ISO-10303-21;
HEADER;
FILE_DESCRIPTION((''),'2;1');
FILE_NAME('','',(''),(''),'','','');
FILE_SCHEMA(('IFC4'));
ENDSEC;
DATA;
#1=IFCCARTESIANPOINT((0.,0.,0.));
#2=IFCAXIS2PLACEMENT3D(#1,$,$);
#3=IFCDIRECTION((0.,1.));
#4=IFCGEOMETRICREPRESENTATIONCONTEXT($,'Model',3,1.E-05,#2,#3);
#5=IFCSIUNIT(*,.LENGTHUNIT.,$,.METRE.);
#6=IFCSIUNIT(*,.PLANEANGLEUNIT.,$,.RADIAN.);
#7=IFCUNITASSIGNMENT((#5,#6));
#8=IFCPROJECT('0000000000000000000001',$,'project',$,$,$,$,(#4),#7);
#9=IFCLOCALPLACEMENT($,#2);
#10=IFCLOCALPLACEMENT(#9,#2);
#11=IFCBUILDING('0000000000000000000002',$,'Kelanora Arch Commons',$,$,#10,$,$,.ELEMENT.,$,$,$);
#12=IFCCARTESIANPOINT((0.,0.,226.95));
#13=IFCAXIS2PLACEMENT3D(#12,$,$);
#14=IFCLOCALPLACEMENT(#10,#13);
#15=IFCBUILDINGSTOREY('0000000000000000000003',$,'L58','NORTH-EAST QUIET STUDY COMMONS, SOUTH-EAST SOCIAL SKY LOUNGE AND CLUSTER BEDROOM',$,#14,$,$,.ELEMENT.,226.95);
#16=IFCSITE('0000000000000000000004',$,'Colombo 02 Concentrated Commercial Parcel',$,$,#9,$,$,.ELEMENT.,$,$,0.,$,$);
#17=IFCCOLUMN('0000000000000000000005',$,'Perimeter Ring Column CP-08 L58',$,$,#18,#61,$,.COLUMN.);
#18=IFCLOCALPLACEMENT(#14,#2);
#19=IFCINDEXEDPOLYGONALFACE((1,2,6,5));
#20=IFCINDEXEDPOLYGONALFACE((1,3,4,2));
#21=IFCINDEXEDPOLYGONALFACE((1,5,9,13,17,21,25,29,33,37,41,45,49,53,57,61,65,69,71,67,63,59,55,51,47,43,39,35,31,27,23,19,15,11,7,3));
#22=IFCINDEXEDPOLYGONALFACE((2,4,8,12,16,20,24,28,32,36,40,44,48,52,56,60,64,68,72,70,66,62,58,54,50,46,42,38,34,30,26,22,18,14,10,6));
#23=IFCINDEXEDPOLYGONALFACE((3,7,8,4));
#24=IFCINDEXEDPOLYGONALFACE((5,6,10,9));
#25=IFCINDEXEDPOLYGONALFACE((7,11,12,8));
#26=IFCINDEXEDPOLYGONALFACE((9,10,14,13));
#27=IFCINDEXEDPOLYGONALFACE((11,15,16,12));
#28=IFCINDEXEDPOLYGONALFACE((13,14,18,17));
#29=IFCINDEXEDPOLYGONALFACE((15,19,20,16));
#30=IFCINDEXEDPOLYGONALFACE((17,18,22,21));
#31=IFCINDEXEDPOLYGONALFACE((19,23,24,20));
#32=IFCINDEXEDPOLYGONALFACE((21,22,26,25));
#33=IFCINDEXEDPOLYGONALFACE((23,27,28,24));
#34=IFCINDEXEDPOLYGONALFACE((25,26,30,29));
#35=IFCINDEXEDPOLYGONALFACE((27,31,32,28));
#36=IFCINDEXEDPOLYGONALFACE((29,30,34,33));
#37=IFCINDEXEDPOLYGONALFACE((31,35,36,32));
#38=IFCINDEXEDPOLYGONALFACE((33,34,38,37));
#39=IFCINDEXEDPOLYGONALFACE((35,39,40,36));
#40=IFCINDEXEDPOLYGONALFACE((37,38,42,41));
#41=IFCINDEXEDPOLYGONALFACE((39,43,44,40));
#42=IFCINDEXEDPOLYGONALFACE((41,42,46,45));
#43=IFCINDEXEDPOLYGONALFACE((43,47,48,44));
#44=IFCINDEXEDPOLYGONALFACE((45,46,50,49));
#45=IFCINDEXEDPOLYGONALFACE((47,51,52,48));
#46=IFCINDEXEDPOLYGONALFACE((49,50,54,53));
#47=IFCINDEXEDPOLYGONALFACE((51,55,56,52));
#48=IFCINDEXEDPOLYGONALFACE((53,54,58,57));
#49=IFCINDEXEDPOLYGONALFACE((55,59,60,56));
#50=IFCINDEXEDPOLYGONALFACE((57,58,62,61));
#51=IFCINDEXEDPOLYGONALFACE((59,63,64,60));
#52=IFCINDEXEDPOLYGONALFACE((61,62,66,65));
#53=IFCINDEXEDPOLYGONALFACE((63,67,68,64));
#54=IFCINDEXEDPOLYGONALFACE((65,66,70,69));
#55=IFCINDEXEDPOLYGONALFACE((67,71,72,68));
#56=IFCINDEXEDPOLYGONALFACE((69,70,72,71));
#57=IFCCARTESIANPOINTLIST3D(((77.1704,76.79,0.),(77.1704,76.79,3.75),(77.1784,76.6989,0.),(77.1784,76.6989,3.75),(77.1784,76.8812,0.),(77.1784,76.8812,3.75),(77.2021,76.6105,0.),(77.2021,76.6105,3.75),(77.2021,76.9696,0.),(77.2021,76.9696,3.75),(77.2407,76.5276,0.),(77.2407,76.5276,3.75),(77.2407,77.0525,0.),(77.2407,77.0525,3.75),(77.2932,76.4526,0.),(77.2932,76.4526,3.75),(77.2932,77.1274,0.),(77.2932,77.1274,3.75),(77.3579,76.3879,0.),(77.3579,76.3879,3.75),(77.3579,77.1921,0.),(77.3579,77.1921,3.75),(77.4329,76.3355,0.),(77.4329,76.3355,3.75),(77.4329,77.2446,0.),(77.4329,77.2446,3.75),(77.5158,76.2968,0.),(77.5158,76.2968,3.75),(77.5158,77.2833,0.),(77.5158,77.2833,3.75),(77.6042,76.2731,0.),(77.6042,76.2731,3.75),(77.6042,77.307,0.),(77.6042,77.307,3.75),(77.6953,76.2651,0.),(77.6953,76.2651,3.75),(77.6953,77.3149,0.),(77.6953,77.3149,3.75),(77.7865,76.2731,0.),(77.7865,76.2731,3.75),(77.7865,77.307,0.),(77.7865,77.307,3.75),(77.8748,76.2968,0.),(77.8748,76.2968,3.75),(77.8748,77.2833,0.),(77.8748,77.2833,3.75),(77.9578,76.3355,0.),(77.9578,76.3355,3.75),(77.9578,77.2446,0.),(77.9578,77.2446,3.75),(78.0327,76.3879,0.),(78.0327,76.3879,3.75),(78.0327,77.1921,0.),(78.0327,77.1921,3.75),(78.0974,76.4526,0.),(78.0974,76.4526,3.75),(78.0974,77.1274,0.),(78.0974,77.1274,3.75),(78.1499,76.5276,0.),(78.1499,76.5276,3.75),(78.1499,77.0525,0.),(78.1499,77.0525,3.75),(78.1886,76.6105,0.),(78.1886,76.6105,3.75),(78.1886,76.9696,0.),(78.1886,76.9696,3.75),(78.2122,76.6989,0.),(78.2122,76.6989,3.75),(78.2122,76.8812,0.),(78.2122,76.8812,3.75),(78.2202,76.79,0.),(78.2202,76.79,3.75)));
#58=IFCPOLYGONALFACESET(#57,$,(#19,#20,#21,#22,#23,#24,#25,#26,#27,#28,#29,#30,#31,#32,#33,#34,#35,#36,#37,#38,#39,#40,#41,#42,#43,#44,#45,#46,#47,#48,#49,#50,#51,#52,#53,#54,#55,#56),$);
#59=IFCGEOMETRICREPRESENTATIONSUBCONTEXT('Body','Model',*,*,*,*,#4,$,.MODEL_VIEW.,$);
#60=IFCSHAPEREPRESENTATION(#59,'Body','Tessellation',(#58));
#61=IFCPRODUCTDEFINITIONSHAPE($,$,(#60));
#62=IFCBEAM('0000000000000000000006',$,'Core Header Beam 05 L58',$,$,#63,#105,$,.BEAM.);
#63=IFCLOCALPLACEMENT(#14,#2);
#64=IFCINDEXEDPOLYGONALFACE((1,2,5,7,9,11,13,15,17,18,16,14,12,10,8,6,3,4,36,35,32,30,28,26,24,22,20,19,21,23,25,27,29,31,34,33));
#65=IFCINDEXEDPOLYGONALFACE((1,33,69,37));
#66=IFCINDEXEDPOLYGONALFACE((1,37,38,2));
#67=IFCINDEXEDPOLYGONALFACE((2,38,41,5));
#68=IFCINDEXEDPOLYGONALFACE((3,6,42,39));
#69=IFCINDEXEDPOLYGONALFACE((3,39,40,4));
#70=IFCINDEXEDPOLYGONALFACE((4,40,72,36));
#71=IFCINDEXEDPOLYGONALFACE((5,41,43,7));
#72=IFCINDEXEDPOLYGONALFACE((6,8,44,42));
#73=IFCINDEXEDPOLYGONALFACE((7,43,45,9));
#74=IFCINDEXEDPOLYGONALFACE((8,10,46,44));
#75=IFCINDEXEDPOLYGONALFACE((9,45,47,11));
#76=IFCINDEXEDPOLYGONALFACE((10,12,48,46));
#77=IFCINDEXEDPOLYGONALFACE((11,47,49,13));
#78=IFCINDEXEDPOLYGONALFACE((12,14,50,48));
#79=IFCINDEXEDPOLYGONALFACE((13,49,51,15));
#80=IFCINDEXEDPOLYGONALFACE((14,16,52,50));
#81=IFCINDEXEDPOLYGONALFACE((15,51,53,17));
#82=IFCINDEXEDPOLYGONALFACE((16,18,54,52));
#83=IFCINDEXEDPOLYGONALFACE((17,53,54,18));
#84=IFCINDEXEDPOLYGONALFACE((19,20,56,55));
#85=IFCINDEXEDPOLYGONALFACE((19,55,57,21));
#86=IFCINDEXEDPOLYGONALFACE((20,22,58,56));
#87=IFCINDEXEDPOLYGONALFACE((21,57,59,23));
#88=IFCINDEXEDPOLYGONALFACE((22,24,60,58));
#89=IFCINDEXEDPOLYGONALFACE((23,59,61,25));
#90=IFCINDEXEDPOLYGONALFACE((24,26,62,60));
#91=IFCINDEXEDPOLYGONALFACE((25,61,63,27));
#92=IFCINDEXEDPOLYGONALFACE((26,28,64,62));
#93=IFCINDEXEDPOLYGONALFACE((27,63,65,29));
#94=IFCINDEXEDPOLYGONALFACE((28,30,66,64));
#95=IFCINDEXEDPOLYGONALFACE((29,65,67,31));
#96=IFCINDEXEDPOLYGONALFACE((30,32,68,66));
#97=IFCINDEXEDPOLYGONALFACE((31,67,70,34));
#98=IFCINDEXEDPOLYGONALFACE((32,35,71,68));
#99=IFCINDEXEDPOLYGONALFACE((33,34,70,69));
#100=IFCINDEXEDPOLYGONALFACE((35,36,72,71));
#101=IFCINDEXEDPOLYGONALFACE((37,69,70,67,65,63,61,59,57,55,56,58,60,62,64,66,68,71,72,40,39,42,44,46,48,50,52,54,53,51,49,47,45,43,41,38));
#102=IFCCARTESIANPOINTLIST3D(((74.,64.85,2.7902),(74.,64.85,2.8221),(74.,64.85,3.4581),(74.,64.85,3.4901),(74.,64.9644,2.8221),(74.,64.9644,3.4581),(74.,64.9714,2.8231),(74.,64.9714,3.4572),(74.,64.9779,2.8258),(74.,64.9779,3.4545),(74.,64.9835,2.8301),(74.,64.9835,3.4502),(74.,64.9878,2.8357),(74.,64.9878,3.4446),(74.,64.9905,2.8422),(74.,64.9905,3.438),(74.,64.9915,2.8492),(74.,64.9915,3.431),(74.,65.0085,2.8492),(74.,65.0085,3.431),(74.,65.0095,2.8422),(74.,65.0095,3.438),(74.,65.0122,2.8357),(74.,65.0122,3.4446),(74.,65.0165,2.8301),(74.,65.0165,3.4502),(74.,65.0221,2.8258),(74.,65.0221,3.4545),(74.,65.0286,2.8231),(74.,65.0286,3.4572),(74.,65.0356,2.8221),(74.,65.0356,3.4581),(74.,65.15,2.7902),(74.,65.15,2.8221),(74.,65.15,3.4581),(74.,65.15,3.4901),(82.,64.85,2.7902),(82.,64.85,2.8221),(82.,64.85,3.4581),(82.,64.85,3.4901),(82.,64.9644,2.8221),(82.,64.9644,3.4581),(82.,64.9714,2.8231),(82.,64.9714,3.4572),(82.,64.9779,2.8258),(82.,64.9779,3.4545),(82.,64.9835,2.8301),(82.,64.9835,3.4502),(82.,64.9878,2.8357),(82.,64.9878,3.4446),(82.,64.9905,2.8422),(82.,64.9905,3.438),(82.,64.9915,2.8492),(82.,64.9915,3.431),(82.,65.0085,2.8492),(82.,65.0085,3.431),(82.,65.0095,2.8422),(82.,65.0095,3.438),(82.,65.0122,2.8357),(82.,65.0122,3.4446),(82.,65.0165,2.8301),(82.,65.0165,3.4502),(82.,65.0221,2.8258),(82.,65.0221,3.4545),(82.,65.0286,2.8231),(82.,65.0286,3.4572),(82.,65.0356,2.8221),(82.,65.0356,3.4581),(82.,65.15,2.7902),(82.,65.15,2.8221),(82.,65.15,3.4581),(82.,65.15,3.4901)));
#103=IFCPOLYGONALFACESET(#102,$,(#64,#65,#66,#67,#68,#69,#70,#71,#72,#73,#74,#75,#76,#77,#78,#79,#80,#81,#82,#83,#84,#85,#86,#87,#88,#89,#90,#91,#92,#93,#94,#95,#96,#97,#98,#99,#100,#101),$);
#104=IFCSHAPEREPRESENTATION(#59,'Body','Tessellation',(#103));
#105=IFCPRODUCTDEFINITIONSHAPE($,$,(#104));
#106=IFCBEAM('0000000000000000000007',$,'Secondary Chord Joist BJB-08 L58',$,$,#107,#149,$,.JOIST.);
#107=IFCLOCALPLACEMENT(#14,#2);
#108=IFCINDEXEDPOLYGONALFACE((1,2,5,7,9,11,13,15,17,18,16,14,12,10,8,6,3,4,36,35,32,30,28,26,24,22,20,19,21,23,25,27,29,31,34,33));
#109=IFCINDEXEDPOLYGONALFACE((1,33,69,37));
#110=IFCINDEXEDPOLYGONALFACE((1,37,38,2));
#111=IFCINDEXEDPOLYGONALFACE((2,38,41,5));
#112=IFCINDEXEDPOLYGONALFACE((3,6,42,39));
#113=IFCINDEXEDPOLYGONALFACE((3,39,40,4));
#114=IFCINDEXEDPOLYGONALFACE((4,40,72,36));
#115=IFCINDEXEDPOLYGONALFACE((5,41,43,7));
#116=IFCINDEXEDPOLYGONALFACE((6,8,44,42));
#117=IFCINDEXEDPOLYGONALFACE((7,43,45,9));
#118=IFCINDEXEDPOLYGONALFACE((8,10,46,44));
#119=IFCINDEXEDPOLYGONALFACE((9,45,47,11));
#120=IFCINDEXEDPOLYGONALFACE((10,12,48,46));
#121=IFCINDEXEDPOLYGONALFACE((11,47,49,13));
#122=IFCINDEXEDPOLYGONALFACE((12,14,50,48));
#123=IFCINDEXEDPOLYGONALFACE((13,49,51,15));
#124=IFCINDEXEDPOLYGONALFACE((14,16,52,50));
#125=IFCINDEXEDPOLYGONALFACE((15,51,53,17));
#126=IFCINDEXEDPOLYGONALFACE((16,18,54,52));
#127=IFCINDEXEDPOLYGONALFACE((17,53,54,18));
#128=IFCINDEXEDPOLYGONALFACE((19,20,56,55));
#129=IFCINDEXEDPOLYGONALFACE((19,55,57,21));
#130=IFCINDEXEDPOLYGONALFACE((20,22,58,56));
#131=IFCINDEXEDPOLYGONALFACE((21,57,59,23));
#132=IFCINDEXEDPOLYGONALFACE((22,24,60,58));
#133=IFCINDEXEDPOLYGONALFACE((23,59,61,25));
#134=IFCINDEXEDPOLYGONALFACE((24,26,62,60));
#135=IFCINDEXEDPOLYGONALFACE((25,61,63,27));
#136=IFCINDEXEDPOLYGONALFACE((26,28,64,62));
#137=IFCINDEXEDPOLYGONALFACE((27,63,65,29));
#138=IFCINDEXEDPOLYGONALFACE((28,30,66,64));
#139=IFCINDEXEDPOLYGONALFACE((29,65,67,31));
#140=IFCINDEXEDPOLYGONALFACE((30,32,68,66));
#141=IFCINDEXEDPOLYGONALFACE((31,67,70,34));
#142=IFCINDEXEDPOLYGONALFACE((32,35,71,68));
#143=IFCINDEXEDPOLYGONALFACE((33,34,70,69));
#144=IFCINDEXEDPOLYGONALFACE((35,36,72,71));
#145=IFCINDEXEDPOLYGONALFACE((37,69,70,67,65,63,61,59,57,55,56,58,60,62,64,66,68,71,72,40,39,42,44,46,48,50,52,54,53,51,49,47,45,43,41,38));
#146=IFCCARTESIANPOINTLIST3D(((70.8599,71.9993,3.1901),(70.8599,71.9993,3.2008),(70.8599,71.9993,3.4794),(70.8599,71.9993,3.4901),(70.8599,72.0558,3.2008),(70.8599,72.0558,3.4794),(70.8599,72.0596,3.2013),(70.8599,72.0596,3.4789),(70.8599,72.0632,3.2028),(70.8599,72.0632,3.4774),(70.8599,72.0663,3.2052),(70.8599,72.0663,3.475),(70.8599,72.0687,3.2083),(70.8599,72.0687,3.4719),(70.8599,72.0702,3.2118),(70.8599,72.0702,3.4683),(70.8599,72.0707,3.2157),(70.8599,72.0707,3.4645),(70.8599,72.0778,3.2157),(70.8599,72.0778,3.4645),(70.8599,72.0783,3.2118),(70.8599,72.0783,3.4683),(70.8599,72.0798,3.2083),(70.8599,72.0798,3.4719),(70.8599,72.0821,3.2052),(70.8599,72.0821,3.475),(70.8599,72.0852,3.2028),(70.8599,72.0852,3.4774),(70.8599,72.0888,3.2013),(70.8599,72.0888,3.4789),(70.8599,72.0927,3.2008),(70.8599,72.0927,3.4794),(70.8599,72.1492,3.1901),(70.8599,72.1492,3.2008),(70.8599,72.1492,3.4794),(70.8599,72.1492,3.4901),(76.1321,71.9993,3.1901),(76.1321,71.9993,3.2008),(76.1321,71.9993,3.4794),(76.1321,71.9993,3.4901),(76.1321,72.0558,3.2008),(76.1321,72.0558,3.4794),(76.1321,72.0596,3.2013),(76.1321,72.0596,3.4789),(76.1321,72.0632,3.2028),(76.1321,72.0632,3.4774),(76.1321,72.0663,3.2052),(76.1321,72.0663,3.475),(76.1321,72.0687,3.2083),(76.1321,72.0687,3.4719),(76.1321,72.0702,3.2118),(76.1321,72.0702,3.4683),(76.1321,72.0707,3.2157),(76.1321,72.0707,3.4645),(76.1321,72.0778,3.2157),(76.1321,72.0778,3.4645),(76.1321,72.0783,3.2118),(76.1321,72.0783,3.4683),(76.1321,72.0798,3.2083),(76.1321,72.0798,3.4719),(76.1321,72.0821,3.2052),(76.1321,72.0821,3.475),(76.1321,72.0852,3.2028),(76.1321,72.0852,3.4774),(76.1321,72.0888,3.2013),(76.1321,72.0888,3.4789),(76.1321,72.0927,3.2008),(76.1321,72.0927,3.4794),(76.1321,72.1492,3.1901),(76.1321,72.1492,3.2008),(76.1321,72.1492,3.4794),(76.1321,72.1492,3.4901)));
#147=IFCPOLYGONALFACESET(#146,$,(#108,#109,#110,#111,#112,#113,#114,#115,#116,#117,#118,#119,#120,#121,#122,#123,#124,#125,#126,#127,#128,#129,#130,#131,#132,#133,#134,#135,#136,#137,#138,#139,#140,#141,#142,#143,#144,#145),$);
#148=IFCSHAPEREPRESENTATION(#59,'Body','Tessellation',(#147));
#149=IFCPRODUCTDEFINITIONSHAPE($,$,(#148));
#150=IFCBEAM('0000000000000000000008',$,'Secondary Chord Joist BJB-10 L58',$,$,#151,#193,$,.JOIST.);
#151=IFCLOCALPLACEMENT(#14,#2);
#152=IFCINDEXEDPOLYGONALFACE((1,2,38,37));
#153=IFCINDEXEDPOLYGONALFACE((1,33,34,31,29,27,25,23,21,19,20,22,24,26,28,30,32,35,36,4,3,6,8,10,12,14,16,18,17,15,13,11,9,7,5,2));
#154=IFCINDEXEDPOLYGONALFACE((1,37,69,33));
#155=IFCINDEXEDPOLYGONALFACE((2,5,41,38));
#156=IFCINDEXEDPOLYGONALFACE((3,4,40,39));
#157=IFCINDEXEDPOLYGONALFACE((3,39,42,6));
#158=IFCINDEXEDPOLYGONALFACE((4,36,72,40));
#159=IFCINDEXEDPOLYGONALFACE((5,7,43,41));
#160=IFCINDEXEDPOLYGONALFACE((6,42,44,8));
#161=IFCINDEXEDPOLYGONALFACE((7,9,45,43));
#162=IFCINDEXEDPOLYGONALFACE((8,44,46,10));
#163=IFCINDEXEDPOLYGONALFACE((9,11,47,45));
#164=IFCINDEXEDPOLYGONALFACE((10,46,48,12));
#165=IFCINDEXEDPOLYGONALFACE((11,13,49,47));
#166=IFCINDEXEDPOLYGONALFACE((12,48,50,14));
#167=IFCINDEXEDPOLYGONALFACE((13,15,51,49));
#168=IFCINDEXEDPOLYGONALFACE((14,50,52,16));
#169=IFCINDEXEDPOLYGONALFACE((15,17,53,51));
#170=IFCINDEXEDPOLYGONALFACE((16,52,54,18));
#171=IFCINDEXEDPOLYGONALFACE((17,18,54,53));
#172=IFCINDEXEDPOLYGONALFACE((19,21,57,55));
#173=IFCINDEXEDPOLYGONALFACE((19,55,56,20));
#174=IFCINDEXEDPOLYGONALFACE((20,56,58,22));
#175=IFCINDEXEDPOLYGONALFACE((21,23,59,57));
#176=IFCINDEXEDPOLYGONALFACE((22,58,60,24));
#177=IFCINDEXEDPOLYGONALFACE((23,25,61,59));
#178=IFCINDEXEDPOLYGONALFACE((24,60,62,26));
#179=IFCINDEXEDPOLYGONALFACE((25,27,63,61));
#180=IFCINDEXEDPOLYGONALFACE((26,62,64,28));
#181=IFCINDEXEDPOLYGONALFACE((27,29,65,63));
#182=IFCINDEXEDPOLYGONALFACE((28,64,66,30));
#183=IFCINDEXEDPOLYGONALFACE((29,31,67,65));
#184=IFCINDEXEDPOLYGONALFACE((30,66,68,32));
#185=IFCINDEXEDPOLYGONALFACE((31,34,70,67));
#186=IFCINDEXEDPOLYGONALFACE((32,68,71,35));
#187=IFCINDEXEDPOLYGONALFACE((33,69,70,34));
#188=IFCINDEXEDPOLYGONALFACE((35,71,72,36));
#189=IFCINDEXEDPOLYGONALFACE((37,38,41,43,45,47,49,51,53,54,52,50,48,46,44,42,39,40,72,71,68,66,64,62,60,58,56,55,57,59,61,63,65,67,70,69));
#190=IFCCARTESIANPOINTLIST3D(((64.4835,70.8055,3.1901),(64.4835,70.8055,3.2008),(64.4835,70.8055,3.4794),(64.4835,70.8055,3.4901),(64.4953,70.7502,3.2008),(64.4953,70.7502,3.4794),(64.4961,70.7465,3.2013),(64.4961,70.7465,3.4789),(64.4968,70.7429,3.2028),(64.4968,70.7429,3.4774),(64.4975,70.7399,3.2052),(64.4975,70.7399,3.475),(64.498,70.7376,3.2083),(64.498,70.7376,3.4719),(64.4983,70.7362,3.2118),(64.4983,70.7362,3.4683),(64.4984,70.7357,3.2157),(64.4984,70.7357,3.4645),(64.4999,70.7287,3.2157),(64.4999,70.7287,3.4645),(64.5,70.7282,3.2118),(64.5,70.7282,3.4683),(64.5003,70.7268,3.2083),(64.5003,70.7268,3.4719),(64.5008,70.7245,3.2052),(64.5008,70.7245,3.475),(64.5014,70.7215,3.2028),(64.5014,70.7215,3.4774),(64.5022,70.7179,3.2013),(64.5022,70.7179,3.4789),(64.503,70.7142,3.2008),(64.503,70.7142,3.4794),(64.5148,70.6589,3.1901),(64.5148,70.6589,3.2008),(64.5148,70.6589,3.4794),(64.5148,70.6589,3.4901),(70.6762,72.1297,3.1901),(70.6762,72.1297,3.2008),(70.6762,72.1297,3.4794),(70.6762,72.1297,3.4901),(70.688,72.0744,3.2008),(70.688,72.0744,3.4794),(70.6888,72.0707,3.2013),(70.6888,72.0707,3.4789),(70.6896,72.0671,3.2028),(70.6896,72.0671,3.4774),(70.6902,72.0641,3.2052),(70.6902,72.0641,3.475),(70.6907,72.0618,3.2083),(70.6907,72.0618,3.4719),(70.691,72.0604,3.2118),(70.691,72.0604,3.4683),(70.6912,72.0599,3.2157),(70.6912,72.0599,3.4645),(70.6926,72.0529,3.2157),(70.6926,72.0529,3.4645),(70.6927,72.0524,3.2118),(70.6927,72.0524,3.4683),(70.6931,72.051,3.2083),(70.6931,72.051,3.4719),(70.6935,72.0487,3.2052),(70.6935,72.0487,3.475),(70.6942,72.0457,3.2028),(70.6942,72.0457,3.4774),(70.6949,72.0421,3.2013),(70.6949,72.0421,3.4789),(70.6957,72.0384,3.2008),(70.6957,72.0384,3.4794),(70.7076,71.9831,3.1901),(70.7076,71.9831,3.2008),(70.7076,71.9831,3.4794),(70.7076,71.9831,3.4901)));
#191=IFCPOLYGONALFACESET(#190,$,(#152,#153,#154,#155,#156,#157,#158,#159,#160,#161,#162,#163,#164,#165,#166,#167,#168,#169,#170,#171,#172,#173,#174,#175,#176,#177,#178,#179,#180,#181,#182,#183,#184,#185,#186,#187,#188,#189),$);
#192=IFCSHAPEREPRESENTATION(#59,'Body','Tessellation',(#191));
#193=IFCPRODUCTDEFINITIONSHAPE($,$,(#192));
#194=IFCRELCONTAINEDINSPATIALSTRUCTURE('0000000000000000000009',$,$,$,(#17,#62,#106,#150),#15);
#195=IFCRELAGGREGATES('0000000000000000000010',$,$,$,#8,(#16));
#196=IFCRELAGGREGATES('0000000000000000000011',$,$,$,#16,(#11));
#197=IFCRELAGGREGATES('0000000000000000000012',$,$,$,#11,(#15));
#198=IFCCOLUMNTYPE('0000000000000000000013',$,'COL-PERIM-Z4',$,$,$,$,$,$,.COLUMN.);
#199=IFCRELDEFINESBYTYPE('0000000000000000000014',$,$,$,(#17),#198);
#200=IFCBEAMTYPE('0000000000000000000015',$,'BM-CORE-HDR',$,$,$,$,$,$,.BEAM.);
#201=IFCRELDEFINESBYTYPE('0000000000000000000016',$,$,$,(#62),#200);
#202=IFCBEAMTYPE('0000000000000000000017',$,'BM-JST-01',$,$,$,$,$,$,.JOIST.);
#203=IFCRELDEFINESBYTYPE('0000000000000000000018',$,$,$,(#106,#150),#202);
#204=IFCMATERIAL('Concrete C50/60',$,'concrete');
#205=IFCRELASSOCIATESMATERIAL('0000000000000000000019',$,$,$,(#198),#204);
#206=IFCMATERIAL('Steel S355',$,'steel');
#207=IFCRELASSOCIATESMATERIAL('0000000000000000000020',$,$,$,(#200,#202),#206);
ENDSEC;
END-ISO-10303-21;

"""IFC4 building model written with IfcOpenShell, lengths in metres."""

from ifc_helpers import new_model, si_unit, direction, frame, origin, origin_2d, place, context, subcontext, project, spatial, circle, i_section, extrude, material, material_profile, profile_set, type_object, element, save


model = new_model("IFC4")

# Units and contexts
model_context = context("Model", 3, precision=1e-05, world=origin(), true_north=direction((0.0, 1.0)))
body_context = subcontext(model_context, "Body", "Model", "MODEL_VIEW")
ifc_project = project(units=[si_unit("LENGTHUNIT", "METRE"), si_unit("PLANEANGLEUNIT", "RADIAN")], contexts=[model_context])

# Site, building, storey
site_placement = place(None, origin())
site = spatial("IfcSite", under=ifc_project, at=site_placement, Name="Colombo 02 Concentrated Commercial Parcel", CompositionType="ELEMENT", RefElevation=0.0)
building_placement = place(site_placement, origin())
building = spatial("IfcBuilding", under=site, at=building_placement, Name="Kelanora Arch Commons", CompositionType="ELEMENT")
storey_placement = place(building_placement, frame((0.0, 0.0, 226.95)))
storey = spatial("IfcBuildingStorey", under=building, at=storey_placement, Name="L58", Description="NORTH-EAST QUIET STUDY COMMONS, SOUTH-EAST SOCIAL SKY LOUNGE AND CLUSTER BEDROOM", CompositionType="ELEMENT", Elevation=226.95)

# Column
ifc_material_1 = material(Name="Concrete C50/60", Category="concrete")
ifc_material_profile_1 = material_profile(ifc_material_1, circle(Radius=0.5249, at=origin_2d()), Name="RCC1050")
ifc_profile_set_1 = profile_set([ifc_material_profile_1], Name="Concrete C50/60")
column_type = type_object("IfcColumnType", Name="COL-PERIM-Z4", PredefinedType="COLUMN", material=ifc_profile_set_1)
column_placement = place(storey_placement, frame((77.6953, 76.79, 0.0), z_axis=(0.0, 0.0, 1.0), x_axis=(1.0, 0.0, 0.0)))
element("IfcColumn", 1, at=column_placement, inside=storey, type_object=column_type, Name="Perimeter Ring Column CP-08 L58", PredefinedType="COLUMN", context=body_context, shape_type="SweptSolid", body=[
    extrude(circle(Radius=0.5249, at=origin_2d()), origin(), (0.0, 0.0, 1.0), 3.75),
])

# Beams
ifc_material_2 = material(Name="Steel S355", Category="steel")
ifc_material_profile_2 = material_profile(ifc_material_2, i_section(OverallWidth=0.3, OverallDepth=0.7, WebThickness=0.0171, FlangeThickness=0.032, FilletRadius=0.0271, at=origin_2d()), Name="HEB700")
ifc_profile_set_2 = profile_set([ifc_material_profile_2], Name="Steel S355")
beam_type_1 = type_object("IfcBeamType", Name="BM-CORE-HDR", PredefinedType="BEAM", material=ifc_profile_set_2)
beam_1_placement = place(storey_placement, frame((82.0, 65.0, 3.1401), z_axis=(-1.0, 0.0, 0.0), x_axis=(0.0, -1.0, 0.0)))
element("IfcBeam", 2, at=beam_1_placement, inside=storey, type_object=beam_type_1, Name="Core Header Beam 05 L58", PredefinedType="BEAM", context=body_context, shape_type="SweptSolid", body=[
    extrude(i_section(OverallWidth=0.3, OverallDepth=0.7, WebThickness=0.0171, FlangeThickness=0.032, FilletRadius=0.0271, at=origin_2d()), origin(), (0.0, 0.0, 1.0), 8.0),
])
ifc_material_profile_3 = material_profile(ifc_material_2, i_section(OverallWidth=0.1499, OverallDepth=0.3, WebThickness=0.0071, FlangeThickness=0.0107, FilletRadius=0.0149, at=origin_2d()), Name="IPE300")
ifc_profile_set_3 = profile_set([ifc_material_profile_3], Name="Steel S355")
beam_type_2 = type_object("IfcBeamType", Name="BM-JST-01", PredefinedType="JOIST", material=ifc_profile_set_3)
beam_2_placement = place(storey_placement, frame((76.1321, 72.0742, 3.3401), z_axis=(-1.0, 0.0, 0.0), x_axis=(0.0, -1.0, 0.0)))
element("IfcBeam", 3, at=beam_2_placement, inside=storey, type_object=beam_type_2, Name="Secondary Chord Joist BJB-08 L58", PredefinedType="JOIST", context=body_context, shape_type="SweptSolid", body=[
    extrude(i_section(OverallWidth=0.1499, OverallDepth=0.3, WebThickness=0.0071, FlangeThickness=0.0107, FilletRadius=0.0149, at=origin_2d()), origin(), (0.0, 0.0, 1.0), 5.2722),
])
beam_3_placement = place(storey_placement, frame((70.6919, 72.0564, 3.3401), z_axis=(-0.977894, -0.209103, 0.0), x_axis=(0.209103, -0.977894, 0.0)))
element("IfcBeam", 4, at=beam_3_placement, inside=storey, type_object=beam_type_2, Name="Secondary Chord Joist BJB-10 L58", PredefinedType="JOIST", context=body_context, shape_type="SweptSolid", body=[
    extrude(i_section(OverallWidth=0.1499, OverallDepth=0.3, WebThickness=0.0071, FlangeThickness=0.0107, FilletRadius=0.0149, at=origin_2d()), origin(), (0.0, 0.0, 1.0), 6.3328),
])

save(model, "model.ifc")
